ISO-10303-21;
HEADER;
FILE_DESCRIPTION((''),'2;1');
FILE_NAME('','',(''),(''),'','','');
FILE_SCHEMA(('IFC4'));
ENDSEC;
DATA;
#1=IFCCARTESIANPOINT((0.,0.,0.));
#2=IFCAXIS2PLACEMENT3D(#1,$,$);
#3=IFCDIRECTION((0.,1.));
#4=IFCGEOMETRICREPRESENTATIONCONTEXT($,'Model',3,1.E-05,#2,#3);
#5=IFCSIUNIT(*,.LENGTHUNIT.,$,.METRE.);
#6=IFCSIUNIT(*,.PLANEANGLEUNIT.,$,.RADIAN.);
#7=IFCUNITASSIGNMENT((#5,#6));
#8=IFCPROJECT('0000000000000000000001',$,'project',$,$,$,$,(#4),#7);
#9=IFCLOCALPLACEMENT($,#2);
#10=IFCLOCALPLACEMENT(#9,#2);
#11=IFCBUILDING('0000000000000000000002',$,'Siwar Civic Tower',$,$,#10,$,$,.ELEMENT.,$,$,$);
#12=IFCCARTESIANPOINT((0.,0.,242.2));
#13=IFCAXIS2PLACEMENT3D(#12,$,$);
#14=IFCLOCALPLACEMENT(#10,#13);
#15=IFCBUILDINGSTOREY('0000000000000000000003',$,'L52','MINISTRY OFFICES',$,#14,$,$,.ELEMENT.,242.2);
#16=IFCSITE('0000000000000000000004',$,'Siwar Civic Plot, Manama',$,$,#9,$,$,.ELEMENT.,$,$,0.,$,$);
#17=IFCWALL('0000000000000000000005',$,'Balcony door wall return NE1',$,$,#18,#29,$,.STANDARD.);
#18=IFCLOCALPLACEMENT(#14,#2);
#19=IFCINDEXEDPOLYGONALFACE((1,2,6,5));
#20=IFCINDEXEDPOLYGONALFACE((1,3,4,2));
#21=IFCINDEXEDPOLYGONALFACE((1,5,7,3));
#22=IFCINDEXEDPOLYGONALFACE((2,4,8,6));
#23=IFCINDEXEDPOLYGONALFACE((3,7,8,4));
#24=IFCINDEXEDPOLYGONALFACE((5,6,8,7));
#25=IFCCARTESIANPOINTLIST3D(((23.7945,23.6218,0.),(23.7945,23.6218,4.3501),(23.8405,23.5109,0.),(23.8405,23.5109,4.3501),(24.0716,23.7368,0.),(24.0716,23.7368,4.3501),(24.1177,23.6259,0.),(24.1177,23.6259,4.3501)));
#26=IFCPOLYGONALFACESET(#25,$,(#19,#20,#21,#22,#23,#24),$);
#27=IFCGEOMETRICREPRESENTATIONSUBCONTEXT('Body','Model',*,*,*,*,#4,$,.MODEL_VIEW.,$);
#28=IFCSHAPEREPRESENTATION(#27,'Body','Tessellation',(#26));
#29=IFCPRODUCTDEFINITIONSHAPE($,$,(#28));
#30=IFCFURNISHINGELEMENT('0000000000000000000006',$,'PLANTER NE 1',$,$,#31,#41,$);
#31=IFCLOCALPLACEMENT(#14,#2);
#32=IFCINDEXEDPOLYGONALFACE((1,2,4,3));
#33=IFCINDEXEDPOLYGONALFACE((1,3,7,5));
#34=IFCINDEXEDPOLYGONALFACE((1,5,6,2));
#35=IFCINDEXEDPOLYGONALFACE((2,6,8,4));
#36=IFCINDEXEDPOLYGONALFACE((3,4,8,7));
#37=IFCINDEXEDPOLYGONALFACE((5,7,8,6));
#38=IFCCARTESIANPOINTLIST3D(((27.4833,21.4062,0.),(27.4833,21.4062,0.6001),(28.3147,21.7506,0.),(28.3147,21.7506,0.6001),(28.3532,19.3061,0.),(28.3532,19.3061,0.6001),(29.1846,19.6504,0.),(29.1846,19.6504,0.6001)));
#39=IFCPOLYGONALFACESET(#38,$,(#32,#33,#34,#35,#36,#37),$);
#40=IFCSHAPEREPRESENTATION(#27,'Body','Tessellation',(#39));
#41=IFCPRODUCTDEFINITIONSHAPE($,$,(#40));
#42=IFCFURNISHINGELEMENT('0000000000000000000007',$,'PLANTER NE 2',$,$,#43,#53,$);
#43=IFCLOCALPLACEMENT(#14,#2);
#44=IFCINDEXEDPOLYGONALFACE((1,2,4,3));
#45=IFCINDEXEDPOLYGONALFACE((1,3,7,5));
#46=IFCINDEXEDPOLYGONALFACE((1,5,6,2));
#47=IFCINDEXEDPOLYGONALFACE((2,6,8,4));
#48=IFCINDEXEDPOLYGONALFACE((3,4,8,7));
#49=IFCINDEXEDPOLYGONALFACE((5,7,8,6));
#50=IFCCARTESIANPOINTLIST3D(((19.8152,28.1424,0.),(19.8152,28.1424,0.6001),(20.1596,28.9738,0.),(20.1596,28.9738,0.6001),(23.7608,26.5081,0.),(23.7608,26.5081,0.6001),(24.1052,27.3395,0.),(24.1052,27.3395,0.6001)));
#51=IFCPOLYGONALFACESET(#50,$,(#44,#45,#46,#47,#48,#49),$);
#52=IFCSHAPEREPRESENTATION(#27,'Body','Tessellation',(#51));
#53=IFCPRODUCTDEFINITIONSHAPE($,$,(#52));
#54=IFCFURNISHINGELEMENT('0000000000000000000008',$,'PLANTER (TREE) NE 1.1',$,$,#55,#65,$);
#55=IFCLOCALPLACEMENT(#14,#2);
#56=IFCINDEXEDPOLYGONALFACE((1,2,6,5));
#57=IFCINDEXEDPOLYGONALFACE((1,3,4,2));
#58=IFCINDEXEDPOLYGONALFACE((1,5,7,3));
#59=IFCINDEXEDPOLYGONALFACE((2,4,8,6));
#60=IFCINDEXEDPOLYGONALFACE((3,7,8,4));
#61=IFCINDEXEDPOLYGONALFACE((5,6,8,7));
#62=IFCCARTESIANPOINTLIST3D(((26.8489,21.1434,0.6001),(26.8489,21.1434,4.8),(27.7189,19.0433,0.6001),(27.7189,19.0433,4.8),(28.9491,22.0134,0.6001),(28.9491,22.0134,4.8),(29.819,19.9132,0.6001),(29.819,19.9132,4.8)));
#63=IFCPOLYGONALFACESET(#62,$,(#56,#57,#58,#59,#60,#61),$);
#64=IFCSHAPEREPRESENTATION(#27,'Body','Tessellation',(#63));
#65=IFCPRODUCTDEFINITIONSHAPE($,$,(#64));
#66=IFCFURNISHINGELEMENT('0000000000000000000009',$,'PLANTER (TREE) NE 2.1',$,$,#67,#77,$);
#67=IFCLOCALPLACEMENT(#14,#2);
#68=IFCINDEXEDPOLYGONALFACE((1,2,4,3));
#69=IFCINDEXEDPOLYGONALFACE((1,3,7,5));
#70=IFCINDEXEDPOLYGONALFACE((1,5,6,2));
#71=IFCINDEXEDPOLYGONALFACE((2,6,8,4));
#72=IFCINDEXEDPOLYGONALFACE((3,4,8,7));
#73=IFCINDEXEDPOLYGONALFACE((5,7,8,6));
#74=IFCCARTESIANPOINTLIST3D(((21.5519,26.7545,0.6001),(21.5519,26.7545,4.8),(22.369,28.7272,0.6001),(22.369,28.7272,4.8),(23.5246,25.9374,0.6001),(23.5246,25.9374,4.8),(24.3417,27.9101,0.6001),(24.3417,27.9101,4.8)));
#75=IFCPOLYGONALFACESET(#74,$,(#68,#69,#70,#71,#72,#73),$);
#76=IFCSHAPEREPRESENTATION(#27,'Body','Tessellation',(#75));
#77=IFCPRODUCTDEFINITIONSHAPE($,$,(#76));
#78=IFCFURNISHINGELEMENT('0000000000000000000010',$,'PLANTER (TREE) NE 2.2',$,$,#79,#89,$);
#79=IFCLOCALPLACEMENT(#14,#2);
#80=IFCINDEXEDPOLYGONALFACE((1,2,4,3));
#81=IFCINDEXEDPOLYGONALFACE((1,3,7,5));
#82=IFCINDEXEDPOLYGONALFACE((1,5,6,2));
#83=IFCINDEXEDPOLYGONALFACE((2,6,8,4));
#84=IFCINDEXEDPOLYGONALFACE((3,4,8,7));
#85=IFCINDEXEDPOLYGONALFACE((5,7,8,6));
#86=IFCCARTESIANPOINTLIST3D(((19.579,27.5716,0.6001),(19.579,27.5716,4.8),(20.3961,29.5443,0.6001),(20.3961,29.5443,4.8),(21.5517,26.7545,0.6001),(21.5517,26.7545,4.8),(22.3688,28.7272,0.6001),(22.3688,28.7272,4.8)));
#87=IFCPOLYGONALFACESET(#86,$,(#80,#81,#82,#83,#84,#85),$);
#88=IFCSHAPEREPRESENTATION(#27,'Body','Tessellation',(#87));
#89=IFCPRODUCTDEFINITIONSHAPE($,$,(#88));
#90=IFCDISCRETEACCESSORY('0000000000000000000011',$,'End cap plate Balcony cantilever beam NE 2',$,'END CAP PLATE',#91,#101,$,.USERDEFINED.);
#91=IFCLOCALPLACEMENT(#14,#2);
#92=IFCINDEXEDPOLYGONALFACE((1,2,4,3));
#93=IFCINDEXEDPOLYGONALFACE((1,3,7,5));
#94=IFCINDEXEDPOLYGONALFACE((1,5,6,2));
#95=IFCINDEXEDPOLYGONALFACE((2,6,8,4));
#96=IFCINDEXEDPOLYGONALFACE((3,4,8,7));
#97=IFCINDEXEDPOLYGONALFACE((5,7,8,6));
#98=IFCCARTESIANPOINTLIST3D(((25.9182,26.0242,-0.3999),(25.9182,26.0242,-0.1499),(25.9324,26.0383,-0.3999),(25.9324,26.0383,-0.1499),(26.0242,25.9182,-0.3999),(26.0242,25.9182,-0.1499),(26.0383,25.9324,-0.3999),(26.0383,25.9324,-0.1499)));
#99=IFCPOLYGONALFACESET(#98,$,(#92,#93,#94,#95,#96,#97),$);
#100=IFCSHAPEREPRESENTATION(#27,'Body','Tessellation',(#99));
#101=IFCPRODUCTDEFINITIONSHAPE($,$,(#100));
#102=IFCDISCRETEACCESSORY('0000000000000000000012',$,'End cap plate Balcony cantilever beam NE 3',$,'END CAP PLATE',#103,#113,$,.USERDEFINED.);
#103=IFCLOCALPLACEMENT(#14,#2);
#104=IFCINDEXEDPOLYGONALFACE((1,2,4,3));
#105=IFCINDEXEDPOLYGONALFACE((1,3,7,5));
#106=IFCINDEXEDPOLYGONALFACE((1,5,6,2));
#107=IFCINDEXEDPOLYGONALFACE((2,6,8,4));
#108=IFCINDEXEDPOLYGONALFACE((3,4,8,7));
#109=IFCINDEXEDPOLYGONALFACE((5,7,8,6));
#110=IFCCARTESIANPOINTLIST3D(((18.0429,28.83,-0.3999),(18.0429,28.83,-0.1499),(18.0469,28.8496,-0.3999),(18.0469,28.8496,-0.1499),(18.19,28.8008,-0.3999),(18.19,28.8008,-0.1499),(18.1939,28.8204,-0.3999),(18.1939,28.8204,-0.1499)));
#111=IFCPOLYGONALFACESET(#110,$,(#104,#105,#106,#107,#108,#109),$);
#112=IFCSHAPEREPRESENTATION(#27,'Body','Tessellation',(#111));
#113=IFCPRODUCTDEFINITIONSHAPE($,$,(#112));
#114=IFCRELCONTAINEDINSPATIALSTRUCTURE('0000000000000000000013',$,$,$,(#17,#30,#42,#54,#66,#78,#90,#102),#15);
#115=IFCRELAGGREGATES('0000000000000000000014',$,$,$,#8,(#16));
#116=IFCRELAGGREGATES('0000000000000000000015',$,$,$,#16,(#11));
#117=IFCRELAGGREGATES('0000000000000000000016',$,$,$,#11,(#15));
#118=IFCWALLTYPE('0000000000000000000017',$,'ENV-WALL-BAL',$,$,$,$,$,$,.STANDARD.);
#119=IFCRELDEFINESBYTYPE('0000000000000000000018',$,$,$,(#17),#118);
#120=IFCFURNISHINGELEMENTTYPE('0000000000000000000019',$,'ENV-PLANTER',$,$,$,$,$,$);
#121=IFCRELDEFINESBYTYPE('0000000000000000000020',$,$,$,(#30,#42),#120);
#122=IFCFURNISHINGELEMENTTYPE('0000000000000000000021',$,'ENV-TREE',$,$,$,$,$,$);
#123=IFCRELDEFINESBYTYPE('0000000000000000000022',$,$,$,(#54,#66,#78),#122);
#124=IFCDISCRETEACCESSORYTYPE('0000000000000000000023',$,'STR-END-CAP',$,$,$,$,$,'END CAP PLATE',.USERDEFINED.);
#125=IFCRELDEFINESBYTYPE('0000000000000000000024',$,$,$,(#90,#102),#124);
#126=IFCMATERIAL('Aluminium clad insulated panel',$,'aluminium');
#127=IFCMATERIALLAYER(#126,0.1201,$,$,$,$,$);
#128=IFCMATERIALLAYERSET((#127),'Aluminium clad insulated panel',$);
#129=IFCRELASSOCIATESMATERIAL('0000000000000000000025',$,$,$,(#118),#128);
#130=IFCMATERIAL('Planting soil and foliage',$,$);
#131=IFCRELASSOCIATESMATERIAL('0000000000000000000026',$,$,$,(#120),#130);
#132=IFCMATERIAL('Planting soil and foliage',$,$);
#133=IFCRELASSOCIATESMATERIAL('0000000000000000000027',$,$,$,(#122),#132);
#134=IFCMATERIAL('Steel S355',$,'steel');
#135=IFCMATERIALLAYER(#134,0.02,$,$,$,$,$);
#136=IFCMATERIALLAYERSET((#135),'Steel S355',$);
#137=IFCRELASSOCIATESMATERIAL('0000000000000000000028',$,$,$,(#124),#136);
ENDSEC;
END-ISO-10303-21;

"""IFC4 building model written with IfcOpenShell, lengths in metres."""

from ifc_helpers import new_model, si_unit, direction, frame, frame_2d, origin, origin_2d, place, context, subcontext, project, spatial, rectangle, extrude, material, layer, layer_set, type_object, element, save


model = new_model("IFC4")

# Units and contexts
model_context = context("Model", 3, precision=1e-05, world=origin(), true_north=direction((0.0, 1.0)))
body_context = subcontext(model_context, "Body", "Model", "MODEL_VIEW")
ifc_project = project(units=[si_unit("LENGTHUNIT", "METRE"), si_unit("PLANEANGLEUNIT", "RADIAN")], contexts=[model_context])

# Site, building, storey
site_placement = place(None, origin())
site = spatial("IfcSite", under=ifc_project, at=site_placement, Name="Siwar Civic Plot, Manama", CompositionType="ELEMENT", RefElevation=0.0)
building_placement = place(site_placement, origin())
building = spatial("IfcBuilding", under=site, at=building_placement, Name="Siwar Civic Tower", CompositionType="ELEMENT")
storey_placement = place(building_placement, frame((0.0, 0.0, 242.2)))
storey = spatial("IfcBuildingStorey", under=building, at=storey_placement, Name="L52", Description="MINISTRY OFFICES", CompositionType="ELEMENT", Elevation=242.2)

# Wall
ifc_material_1 = material(Name="Aluminium clad insulated panel", Category="aluminium")
ifc_layer_1 = layer(ifc_material_1, 0.1201)
ifc_layer_set_1 = layer_set([ifc_layer_1], Name="Aluminium clad insulated panel")
wall_type = type_object("IfcWallType", Name="ENV-WALL-BAL", PredefinedType="STANDARD", material=ifc_layer_set_1)
wall_1_placement = place(storey_placement, frame((23.8176, 23.5664, 0.0), z_axis=(0.0, 0.0, 1.0), x_axis=(0.92363, 0.383286, 0.0)))
element("IfcWall", 1, at=wall_1_placement, inside=storey, type_object=wall_type, Name="Balcony door wall return NE1", PredefinedType="STANDARD", context=body_context, shape_type="SweptSolid", body=[
    extrude(rectangle(XDim=0.3, YDim=0.1201, at=frame_2d((0.1499, 0.0))), origin(), (0.0, 0.0, 1.0), 4.3501),
])

# Furnishing elements
ifc_material_2 = material(Name="Planting soil and foliage")
furnishing_element_type_1 = type_object("IfcFurnishingElementType", Name="ENV-PLANTER", material=ifc_material_2)
furnishing_1_placement = place(storey_placement, frame((28.334, 20.5283, 0.0), z_axis=(0.0, 0.0, 1.0), x_axis=(-0.382683, 0.92388, 0.0)))
element("IfcFurnishingElement", 2, at=furnishing_1_placement, inside=storey, type_object=furnishing_element_type_1, Name="PLANTER NE 1", context=body_context, shape_type="SweptSolid", body=[
    extrude(rectangle(XDim=2.2732, YDim=0.8999, at=origin_2d()), origin(), (0.0, 0.0, 1.0), 0.6001),
])
furnishing_2_placement = place(storey_placement, frame((21.9602, 27.741, 0.0), z_axis=(0.0, 0.0, 1.0), x_axis=(-0.92388, 0.382683, 0.0)))
element("IfcFurnishingElement", 3, at=furnishing_2_placement, inside=storey, type_object=furnishing_element_type_1, Name="PLANTER NE 2", context=body_context, shape_type="SweptSolid", body=[
    extrude(rectangle(XDim=4.2708, YDim=0.8999, at=origin_2d()), origin(), (0.0, 0.0, 1.0), 0.6001),
])
ifc_material_3 = material(Name="Planting soil and foliage")
furnishing_element_type_2 = type_object("IfcFurnishingElementType", Name="ENV-TREE", material=ifc_material_3)
furnishing_3_placement = place(storey_placement, frame((28.334, 20.5283, 0.6001), z_axis=(0.0, 0.0, 1.0), x_axis=(-0.382683, 0.92388, 0.0)))
element("IfcFurnishingElement", 4, at=furnishing_3_placement, inside=storey, type_object=furnishing_element_type_2, Name="PLANTER (TREE) NE 1.1", context=body_context, shape_type="SweptSolid", body=[
    extrude(rectangle(XDim=2.2732, YDim=2.2732, at=origin_2d()), origin(), (0.0, 0.0, 1.0), 4.2),
])
for number, where, z_axis, x_axis, name in (
    (5, (22.9468, 27.3323, 0.6001), (0.0, 0.0, 1.0), (-0.92388, 0.382683, 0.0), "PLANTER (TREE) NE 2.1"),
    (6, (20.9739, 28.1494, 0.6001), (0.0, 0.0, 1.0), (-0.92388, 0.382683, 0.0), "PLANTER (TREE) NE 2.2"),
):
    element("IfcFurnishingElement", number, at=place(storey_placement, frame(where, z_axis=z_axis, x_axis=x_axis)), inside=storey, type_object=furnishing_element_type_2, Name=name, context=body_context, shape_type="SweptSolid", body=[
        extrude(rectangle(XDim=2.1353, YDim=2.1353, at=origin_2d()), origin(), (0.0, 0.0, 1.0), 4.2),
    ])

# Discrete accessories
ifc_material_4 = material(Name="Steel S355", Category="steel")
ifc_layer_2 = layer(ifc_material_4, 0.02)
ifc_layer_set_2 = layer_set([ifc_layer_2], Name="Steel S355")
discrete_accessory_type = type_object("IfcDiscreteAccessoryType", Name="STR-END-CAP", ElementType="END CAP PLATE", PredefinedType="USERDEFINED", material=ifc_layer_set_2)
for number, where, z_axis, x_axis, name in (
    (7, (25.9783, 25.9783, -0.3999), (0.0, 0.0, 1.0), (0.707107, 0.707107, 0.0), "End cap plate Balcony cantilever beam NE 2"),
    (8, (18.1184, 28.8252, -0.3999), (0.0, 0.0, 1.0), (0.19509, 0.980785, 0.0), "End cap plate Balcony cantilever beam NE 3"),
):
    element("IfcDiscreteAccessory", number, at=place(storey_placement, frame(where, z_axis=z_axis, x_axis=x_axis)), inside=storey, type_object=discrete_accessory_type, Name=name, ObjectType="END CAP PLATE", PredefinedType="USERDEFINED", context=body_context, shape_type="SweptSolid", body=[
        extrude(rectangle(XDim=0.02, YDim=0.1499, at=origin_2d()), origin(), (0.0, 0.0, 1.0), 0.25),
    ])

save(model, "model.ifc")
